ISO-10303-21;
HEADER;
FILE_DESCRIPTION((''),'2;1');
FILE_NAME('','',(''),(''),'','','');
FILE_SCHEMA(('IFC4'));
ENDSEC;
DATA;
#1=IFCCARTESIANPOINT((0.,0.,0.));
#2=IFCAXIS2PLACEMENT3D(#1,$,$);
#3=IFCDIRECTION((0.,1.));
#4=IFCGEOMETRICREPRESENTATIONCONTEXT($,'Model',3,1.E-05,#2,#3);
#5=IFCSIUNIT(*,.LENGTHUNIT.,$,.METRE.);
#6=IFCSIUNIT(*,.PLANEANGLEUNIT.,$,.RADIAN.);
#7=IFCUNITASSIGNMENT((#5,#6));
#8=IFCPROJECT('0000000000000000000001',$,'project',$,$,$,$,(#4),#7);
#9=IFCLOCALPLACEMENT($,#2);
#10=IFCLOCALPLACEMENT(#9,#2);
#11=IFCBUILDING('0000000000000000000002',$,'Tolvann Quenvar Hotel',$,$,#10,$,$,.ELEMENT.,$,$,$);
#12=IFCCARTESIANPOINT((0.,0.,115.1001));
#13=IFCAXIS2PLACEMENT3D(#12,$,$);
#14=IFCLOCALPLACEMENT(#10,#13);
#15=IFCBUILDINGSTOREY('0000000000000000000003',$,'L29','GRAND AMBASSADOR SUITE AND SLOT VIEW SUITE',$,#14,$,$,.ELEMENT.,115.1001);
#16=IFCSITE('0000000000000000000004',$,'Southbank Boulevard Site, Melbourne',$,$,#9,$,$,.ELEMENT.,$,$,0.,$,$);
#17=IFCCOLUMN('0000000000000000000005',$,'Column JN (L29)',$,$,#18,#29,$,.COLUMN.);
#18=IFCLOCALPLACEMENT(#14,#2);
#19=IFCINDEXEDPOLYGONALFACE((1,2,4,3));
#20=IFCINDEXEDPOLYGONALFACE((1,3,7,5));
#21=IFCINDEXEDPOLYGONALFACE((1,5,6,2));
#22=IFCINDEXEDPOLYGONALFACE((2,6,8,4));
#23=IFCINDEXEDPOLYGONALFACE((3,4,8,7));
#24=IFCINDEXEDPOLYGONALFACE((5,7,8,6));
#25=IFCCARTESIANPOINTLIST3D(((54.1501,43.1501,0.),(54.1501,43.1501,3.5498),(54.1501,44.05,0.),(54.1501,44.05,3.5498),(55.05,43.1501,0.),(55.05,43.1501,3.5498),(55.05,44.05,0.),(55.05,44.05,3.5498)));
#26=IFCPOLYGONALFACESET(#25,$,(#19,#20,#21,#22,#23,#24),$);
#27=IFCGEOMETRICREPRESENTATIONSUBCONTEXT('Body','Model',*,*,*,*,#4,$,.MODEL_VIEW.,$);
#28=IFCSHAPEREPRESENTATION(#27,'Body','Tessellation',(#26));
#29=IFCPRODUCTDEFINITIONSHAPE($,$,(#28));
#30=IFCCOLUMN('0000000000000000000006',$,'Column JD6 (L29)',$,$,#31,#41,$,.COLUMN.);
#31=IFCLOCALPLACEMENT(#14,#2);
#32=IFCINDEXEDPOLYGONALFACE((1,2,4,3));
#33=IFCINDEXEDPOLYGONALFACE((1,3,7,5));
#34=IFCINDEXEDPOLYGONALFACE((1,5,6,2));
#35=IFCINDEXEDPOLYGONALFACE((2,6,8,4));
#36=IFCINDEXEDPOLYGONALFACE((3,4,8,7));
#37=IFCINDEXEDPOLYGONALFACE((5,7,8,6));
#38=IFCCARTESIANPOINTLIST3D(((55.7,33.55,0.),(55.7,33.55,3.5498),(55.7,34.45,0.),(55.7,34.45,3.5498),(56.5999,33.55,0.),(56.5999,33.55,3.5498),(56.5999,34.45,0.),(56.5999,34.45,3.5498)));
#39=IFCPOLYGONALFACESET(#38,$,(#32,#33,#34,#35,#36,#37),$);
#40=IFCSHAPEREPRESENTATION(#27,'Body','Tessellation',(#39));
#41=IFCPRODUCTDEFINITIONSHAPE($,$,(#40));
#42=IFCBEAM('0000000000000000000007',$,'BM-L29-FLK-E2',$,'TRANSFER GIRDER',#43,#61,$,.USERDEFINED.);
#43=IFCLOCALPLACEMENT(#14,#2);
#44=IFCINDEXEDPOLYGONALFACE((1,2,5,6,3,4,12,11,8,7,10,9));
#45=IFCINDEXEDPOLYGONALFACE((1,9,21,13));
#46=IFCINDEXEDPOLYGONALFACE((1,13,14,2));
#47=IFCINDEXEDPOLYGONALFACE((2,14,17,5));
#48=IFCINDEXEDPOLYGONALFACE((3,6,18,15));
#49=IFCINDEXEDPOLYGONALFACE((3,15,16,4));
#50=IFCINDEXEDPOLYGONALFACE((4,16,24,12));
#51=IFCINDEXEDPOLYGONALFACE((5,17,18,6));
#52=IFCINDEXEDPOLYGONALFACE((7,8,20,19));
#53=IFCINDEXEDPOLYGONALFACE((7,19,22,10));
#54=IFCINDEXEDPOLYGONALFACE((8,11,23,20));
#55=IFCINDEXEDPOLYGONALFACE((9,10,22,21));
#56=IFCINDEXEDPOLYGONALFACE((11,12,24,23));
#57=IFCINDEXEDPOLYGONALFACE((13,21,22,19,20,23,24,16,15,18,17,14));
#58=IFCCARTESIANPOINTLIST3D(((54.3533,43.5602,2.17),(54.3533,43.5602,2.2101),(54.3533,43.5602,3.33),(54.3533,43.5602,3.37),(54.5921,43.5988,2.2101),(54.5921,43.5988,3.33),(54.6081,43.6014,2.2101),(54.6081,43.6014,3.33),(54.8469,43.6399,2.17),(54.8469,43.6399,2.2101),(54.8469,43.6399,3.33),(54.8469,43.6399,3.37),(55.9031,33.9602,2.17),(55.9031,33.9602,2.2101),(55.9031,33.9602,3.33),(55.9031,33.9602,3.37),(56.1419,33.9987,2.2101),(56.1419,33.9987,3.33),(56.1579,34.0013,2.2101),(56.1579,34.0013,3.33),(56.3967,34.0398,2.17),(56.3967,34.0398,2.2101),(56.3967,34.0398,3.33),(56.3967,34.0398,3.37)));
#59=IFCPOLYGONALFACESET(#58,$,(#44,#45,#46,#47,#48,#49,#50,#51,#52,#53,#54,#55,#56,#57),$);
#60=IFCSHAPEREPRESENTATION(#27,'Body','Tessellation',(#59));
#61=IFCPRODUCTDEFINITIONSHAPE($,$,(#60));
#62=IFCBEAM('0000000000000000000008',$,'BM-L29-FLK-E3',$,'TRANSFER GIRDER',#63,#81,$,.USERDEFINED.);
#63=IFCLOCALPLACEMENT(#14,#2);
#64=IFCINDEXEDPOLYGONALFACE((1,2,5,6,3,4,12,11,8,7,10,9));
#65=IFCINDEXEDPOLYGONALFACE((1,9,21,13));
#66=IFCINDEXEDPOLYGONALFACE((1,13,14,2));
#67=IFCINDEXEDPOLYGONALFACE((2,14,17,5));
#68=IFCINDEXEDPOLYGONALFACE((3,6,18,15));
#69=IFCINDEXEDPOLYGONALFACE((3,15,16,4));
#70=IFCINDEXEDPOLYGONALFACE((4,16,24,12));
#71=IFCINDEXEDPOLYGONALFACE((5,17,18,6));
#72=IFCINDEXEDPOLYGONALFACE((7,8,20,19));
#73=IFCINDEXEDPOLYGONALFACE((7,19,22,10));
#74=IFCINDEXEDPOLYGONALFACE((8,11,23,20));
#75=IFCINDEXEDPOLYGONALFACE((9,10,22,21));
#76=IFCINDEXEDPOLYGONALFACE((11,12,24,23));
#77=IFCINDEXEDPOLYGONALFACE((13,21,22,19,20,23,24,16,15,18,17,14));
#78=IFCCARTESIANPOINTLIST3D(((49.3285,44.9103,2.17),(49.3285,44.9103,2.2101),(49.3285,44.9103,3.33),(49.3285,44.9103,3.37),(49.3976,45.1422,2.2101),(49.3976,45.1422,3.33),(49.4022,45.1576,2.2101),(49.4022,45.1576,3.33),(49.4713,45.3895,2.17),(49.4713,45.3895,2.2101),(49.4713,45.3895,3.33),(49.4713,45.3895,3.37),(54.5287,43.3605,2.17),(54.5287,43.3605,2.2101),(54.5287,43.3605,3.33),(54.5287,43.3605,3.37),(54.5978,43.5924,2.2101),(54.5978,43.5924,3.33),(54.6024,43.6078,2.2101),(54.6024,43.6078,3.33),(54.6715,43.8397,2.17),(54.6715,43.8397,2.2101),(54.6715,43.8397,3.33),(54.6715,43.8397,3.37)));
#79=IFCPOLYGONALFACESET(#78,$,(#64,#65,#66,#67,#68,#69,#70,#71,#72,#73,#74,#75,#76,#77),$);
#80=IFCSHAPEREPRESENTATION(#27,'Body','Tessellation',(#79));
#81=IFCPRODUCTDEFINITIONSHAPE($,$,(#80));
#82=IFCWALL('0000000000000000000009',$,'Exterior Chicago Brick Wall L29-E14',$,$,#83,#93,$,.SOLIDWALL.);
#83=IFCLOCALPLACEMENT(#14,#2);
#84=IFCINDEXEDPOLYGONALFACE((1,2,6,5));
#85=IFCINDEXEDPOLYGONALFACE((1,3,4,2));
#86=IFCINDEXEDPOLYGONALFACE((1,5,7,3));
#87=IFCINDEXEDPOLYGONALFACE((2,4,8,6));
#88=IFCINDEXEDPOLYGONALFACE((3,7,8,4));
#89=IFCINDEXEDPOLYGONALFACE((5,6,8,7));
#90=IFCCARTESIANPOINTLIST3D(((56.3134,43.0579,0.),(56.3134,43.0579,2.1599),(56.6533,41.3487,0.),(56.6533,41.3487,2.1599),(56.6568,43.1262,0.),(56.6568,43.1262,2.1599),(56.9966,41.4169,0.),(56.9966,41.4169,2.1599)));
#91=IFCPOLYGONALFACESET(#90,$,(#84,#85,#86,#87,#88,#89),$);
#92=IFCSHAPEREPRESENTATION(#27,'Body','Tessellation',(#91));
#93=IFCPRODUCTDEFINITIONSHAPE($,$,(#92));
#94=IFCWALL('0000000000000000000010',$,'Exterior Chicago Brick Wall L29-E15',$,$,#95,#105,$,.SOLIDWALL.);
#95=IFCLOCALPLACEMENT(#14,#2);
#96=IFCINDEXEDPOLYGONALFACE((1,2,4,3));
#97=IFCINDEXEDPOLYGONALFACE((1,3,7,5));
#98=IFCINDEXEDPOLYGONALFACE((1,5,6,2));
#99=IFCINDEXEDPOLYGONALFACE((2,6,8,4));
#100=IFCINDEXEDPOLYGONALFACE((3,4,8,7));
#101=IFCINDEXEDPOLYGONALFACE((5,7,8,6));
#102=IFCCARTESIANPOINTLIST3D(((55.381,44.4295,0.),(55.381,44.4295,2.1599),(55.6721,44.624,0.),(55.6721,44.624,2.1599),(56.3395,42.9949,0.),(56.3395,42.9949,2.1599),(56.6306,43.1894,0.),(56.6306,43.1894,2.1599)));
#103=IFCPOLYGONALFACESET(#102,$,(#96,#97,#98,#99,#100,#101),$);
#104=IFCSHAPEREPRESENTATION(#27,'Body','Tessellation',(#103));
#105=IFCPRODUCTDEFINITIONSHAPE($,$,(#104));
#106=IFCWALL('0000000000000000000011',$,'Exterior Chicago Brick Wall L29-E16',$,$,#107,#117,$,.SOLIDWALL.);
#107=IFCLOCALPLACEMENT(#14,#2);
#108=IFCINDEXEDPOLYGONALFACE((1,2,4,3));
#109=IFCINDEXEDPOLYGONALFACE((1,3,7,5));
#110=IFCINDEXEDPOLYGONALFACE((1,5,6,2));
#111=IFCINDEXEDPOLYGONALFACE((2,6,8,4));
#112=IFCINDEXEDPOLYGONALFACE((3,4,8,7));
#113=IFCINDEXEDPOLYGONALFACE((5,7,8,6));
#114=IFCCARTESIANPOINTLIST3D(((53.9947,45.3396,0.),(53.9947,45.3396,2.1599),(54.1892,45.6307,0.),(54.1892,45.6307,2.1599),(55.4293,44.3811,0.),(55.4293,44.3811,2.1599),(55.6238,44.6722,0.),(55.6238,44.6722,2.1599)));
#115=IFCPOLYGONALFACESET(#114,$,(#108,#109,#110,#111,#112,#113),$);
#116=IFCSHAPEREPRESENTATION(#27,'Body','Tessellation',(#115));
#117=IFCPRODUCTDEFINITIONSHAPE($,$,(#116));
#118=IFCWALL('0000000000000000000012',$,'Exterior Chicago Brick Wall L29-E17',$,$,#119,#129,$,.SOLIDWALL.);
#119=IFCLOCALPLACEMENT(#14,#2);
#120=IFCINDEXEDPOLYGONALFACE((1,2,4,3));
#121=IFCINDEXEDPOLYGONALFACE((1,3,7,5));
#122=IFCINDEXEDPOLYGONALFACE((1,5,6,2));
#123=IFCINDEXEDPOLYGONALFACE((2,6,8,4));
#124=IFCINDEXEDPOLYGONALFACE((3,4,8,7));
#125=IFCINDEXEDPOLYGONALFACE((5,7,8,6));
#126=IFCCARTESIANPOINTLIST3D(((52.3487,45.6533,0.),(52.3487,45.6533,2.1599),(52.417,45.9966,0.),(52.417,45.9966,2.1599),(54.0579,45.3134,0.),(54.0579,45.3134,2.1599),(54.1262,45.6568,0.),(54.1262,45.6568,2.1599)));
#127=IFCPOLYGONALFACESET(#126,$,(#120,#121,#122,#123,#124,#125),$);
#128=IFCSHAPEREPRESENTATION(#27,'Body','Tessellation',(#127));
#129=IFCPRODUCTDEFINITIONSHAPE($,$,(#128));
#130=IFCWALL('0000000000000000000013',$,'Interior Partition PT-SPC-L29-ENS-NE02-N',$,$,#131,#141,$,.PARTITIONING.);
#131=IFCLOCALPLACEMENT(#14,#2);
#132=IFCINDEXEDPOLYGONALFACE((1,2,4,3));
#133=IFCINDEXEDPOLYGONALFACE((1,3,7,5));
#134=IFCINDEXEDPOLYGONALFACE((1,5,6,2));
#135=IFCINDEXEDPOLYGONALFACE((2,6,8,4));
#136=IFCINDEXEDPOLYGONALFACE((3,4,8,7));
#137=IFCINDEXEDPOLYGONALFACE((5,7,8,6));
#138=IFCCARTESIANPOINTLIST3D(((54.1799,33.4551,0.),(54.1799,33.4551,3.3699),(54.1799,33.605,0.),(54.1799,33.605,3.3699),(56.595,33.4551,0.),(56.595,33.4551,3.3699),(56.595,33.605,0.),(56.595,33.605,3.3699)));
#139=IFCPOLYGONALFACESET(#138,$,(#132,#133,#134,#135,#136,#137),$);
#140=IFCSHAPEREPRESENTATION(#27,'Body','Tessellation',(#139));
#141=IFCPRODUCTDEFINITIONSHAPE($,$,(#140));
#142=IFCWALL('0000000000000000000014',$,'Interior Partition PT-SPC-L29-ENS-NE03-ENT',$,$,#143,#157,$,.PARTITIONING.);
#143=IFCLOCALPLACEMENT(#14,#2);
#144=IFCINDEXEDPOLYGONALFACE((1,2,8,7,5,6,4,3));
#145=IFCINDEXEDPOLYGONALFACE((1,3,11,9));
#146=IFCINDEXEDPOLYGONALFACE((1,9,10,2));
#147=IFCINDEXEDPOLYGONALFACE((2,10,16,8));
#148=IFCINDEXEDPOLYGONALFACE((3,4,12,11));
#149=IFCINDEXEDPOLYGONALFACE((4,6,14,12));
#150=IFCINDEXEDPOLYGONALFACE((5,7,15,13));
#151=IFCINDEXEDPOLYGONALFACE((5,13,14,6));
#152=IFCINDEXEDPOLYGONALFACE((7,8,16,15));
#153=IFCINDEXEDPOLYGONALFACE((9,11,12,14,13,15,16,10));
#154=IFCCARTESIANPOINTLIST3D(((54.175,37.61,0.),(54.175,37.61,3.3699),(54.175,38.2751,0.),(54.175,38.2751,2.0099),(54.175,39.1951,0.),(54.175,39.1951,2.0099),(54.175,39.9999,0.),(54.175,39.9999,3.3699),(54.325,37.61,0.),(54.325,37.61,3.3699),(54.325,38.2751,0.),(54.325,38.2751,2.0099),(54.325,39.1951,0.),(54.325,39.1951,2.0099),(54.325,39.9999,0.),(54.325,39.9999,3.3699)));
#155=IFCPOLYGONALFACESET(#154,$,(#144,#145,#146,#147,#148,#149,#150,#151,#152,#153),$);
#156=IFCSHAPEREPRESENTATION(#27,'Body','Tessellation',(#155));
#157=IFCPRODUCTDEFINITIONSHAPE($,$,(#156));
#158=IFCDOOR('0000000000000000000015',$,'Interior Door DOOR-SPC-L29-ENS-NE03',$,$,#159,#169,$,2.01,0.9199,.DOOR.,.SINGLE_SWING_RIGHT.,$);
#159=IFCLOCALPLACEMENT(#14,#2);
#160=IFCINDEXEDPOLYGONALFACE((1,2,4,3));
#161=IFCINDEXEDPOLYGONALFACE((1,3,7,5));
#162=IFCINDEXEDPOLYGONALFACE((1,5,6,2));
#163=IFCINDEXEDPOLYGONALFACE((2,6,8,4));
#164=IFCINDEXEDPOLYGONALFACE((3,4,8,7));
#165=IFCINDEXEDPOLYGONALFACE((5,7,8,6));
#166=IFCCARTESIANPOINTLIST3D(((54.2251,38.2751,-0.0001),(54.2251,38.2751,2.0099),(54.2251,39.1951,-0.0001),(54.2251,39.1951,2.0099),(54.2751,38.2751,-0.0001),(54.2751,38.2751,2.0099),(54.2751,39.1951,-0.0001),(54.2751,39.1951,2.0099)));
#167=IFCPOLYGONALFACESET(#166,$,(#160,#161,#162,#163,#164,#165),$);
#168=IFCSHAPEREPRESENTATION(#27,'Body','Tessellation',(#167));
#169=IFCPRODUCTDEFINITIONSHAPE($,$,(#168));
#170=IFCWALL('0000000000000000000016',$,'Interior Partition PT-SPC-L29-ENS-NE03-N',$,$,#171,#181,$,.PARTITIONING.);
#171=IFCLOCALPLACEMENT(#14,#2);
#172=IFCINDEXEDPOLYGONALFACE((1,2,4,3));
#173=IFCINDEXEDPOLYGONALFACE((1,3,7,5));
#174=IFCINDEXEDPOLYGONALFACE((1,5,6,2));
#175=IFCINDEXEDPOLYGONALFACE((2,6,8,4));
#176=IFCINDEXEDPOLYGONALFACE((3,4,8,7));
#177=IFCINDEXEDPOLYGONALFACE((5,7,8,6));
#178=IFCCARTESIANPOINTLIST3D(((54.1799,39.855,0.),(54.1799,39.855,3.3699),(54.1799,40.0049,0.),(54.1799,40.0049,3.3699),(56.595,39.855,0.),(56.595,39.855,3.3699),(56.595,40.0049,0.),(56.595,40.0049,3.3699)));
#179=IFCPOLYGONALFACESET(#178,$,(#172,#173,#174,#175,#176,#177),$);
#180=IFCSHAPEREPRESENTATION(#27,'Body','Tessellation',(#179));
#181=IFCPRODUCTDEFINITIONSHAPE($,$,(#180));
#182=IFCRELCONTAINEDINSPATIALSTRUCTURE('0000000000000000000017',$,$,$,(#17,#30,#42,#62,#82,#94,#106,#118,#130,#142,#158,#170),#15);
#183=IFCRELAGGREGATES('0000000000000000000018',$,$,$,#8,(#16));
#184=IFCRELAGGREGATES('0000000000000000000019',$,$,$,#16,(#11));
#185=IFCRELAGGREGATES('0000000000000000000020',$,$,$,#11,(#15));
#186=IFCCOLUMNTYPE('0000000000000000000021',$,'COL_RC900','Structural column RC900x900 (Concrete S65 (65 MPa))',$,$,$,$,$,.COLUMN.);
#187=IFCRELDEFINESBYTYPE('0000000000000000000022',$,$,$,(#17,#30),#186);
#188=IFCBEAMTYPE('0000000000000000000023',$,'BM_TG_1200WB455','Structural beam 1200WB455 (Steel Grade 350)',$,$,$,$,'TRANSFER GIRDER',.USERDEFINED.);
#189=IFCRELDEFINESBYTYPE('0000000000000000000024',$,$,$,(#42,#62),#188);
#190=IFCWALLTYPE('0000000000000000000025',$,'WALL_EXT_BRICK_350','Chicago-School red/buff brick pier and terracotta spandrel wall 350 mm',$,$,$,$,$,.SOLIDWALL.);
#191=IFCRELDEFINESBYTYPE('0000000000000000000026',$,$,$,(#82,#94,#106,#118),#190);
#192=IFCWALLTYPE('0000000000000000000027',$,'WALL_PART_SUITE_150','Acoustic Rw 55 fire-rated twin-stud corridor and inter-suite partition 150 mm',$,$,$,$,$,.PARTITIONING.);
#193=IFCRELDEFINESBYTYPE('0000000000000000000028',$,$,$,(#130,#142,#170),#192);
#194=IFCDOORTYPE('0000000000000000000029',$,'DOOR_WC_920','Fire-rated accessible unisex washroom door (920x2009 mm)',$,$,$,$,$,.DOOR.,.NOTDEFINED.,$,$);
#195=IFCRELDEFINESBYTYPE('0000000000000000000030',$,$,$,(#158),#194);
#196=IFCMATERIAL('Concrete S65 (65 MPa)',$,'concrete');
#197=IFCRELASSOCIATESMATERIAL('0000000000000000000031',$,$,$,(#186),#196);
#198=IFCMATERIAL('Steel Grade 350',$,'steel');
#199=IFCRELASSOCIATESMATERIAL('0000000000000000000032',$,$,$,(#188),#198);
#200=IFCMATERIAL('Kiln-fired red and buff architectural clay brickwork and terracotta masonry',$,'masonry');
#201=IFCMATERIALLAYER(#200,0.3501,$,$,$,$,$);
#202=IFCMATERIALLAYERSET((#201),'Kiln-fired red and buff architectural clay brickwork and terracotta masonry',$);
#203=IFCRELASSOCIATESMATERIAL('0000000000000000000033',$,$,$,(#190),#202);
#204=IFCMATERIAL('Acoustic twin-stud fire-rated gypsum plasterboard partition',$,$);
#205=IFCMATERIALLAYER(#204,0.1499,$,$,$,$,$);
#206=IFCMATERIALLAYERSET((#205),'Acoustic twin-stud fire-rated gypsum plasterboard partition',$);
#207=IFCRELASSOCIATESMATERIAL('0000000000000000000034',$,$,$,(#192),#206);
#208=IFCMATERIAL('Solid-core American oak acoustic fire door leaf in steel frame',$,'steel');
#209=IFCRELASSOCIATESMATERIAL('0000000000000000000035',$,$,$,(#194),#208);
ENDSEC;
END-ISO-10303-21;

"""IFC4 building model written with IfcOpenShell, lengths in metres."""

from ifc_helpers import new_model, si_unit, direction, frame, frame_2d, origin, origin_2d, place, context, subcontext, project, spatial, rectangle, i_section, extrude, source, transform, mapped, material, layer, layer_set, material_profile, profile_set, type_object, type_shapes, element, fill, save


model = new_model("IFC4")

# Units and contexts
model_context = context("Model", 3, precision=1e-05, world=origin(), true_north=direction((0.0, 1.0)))
body_context = subcontext(model_context, "Body", "Model", "MODEL_VIEW")
ifc_project = project(units=[si_unit("LENGTHUNIT", "METRE"), si_unit("PLANEANGLEUNIT", "RADIAN")], contexts=[model_context])

# Site, building, storey
site_placement = place(None, origin())
site = spatial("IfcSite", under=ifc_project, at=site_placement, Name="Southbank Boulevard Site, Melbourne", CompositionType="ELEMENT", RefElevation=0.0)
building_placement = place(site_placement, origin())
building = spatial("IfcBuilding", under=site, at=building_placement, Name="Tolvann Quenvar Hotel", CompositionType="ELEMENT")
storey_placement = place(building_placement, frame((0.0, 0.0, 115.1001)))
storey = spatial("IfcBuildingStorey", under=building, at=storey_placement, Name="L29", Description="GRAND AMBASSADOR SUITE AND SLOT VIEW SUITE", CompositionType="ELEMENT", Elevation=115.1001)

# Columns
ifc_material_1 = material(Name="Concrete S65 (65 MPa)", Category="concrete")
ifc_material_profile_1 = material_profile(ifc_material_1, rectangle(XDim=0.8999, YDim=0.8999, at=origin_2d()), Name="RC900x900")
ifc_profile_set_1 = profile_set([ifc_material_profile_1], Name="Concrete S65 (65 MPa)")
column_type = type_object("IfcColumnType", Name="COL_RC900", Description="Structural column RC900x900 (Concrete S65 (65 MPa))", PredefinedType="COLUMN", material=ifc_profile_set_1)
shared_shape_1 = source(origin(), body_context, "Body", "SweptSolid", [
    extrude(rectangle(XDim=0.8999, YDim=0.8999, at=origin_2d()), origin(), (0.0, 0.0, 1.0), 3.5498),
])
type_shapes(column_type, [shared_shape_1])
for number, where, z_axis, x_axis, name in (
    (1, (54.6001, 43.6001, 0.0), (0.0, 0.0, 1.0), (1.0, 0.0, 0.0), "Column JN (L29)"),
    (2, (56.1499, 34.0, 0.0), (0.0, 0.0, 1.0), (1.0, 0.0, 0.0), "Column JD6 (L29)"),
):
    element("IfcColumn", number, at=place(storey_placement, frame(where, z_axis=z_axis, x_axis=x_axis)), inside=storey, type_object=column_type, Name=name, PredefinedType="COLUMN", context=body_context, shape_type="MappedRepresentation", body=[
        mapped(shared_shape_1, transform((0.0, 0.0, 0.0), x_axis=(1.0, 0.0, 0.0), y_axis=(0.0, 1.0, 0.0), z_axis=(0.0, 0.0, 1.0), scale=1.0)),
    ])

# Beams
ifc_material_2 = material(Name="Steel Grade 350", Category="steel")
ifc_material_profile_2 = material_profile(ifc_material_2, i_section(OverallWidth=0.5, OverallDepth=1.2, WebThickness=0.0161, FlangeThickness=0.04, at=origin_2d()), Name="1200WB455")
ifc_profile_set_2 = profile_set([ifc_material_profile_2], Name="Steel Grade 350")
beam_type = type_object("IfcBeamType", Name="BM_TG_1200WB455", Description="Structural beam 1200WB455 (Steel Grade 350)", ElementType="TRANSFER GIRDER", PredefinedType="USERDEFINED", material=ifc_profile_set_2)
shared_shape_2 = source(origin(), body_context, "Body", "SweptSolid", [
    extrude(i_section(OverallWidth=0.5, OverallDepth=1.2, WebThickness=0.0161, FlangeThickness=0.04, at=origin_2d()), origin(), (0.0, 0.0, 1.0), 9.7244),
])
beam_1_placement = place(storey_placement, frame((56.1499, 34.0, 2.77), z_axis=(-0.159373, 0.987218, 0.0), x_axis=(-0.987218, -0.159373, 0.0)))
element("IfcBeam", 3, at=beam_1_placement, inside=storey, type_object=beam_type, Name="BM-L29-FLK-E2", ObjectType="TRANSFER GIRDER", PredefinedType="USERDEFINED", context=body_context, shape_type="MappedRepresentation", body=[
    mapped(shared_shape_2, transform((0.0, 0.0, 0.0), x_axis=(1.0, 0.0, 0.0), y_axis=(0.0, 1.0, 0.0), z_axis=(0.0, 0.0, 1.0), scale=1.0)),
])
shared_shape_3 = source(origin(), body_context, "Body", "SweptSolid", [
    extrude(i_section(OverallWidth=0.5, OverallDepth=1.2, WebThickness=0.0161, FlangeThickness=0.04, at=origin_2d()), origin(), (0.0, 0.0, 1.0), 5.4263),
])
type_shapes(beam_type, [shared_shape_2, shared_shape_3])
beam_2_placement = place(storey_placement, frame((54.6001, 43.6001, 2.77), z_axis=(-0.958345, 0.285614, 0.0), x_axis=(-0.285614, -0.958345, 0.0)))
element("IfcBeam", 4, at=beam_2_placement, inside=storey, type_object=beam_type, Name="BM-L29-FLK-E3", ObjectType="TRANSFER GIRDER", PredefinedType="USERDEFINED", context=body_context, shape_type="MappedRepresentation", body=[
    mapped(shared_shape_3, transform((0.0, 0.0, 0.0), x_axis=(1.0, 0.0, 0.0), y_axis=(0.0, 1.0, 0.0), z_axis=(0.0, 0.0, 1.0), scale=1.0)),
])

# Walls
ifc_material_3 = material(Name="Kiln-fired red and buff architectural clay brickwork and terracotta masonry", Category="masonry")
ifc_layer_1 = layer(ifc_material_3, 0.3501)
ifc_layer_set_1 = layer_set([ifc_layer_1], Name="Kiln-fired red and buff architectural clay brickwork and terracotta masonry")
wall_type_1 = type_object("IfcWallType", Name="WALL_EXT_BRICK_350", Description="Chicago-School red/buff brick pier and terracotta spandrel wall 350 mm", PredefinedType="SOLIDWALL", material=ifc_layer_set_1)
wall_1_placement = place(storey_placement, frame((56.825, 41.3828, 0.0), z_axis=(0.0, 0.0, 1.0), x_axis=(-0.195011, 0.980801, 0.0)))
element("IfcWall", 5, at=wall_1_placement, inside=storey, type_object=wall_type_1, Name="Exterior Chicago Brick Wall L29-E14", PredefinedType="SOLIDWALL", context=body_context, shape_type="SweptSolid", body=[
    extrude(rectangle(XDim=1.7427, YDim=0.3501, at=frame_2d((0.8713, 0.0))), origin(), (0.0, 0.0, 1.0), 2.1599),
])
for number, where, z_axis, x_axis, name in (
    (6, (56.4851, 43.092, 0.0), (0.0, 0.0, 1.0), (-0.555549, 0.831484, 0.0), "Exterior Chicago Brick Wall L29-E15"),
    (7, (55.5266, 44.5266, 0.0), (0.0, 0.0, 1.0), (-0.831484, 0.555549, 0.0), "Exterior Chicago Brick Wall L29-E16"),
):
    element("IfcWall", number, at=place(storey_placement, frame(where, z_axis=z_axis, x_axis=x_axis)), inside=storey, type_object=wall_type_1, Name=name, PredefinedType="SOLIDWALL", context=body_context, shape_type="SweptSolid", body=[
        extrude(rectangle(XDim=1.7253, YDim=0.3501, at=frame_2d((0.8628, 0.0))), origin(), (0.0, 0.0, 1.0), 2.1599),
    ])
wall_2_placement = place(storey_placement, frame((54.092, 45.4851, 0.0), z_axis=(0.0, 0.0, 1.0), x_axis=(-0.980801, 0.195011, 0.0)))
element("IfcWall", 8, at=wall_2_placement, inside=storey, type_object=wall_type_1, Name="Exterior Chicago Brick Wall L29-E17", PredefinedType="SOLIDWALL", context=body_context, shape_type="SweptSolid", body=[
    extrude(rectangle(XDim=1.7427, YDim=0.3501, at=frame_2d((0.8713, 0.0))), origin(), (0.0, 0.0, 1.0), 2.1599),
])

# Wall
ifc_material_4 = material(Name="Acoustic twin-stud fire-rated gypsum plasterboard partition")
ifc_layer_2 = layer(ifc_material_4, 0.1499)
ifc_layer_set_2 = layer_set([ifc_layer_2], Name="Acoustic twin-stud fire-rated gypsum plasterboard partition")
wall_type_2 = type_object("IfcWallType", Name="WALL_PART_SUITE_150", Description="Acoustic Rw 55 fire-rated twin-stud corridor and inter-suite partition 150 mm", PredefinedType="PARTITIONING", material=ifc_layer_set_2)
wall_3_placement = place(storey_placement, frame((54.1799, 33.53, 0.0), z_axis=(0.0, 0.0, 1.0), x_axis=(1.0, 0.0, 0.0)))
element("IfcWall", 9, at=wall_3_placement, inside=storey, type_object=wall_type_2, Name="Interior Partition PT-SPC-L29-ENS-NE02-N", PredefinedType="PARTITIONING", context=body_context, shape_type="SweptSolid", body=[
    extrude(rectangle(XDim=2.415, YDim=0.1499, at=frame_2d((1.2075, 0.0))), origin(), (0.0, 0.0, 1.0), 3.3699),
])

# Wall, opening, door
wall_4_placement = place(storey_placement, frame((54.25, 37.6101, 0.0), z_axis=(0.0, 0.0, 1.0), x_axis=(0.0, 1.0, 0.0)))
wall_4 = element("IfcWall", 10, at=wall_4_placement, inside=storey, type_object=wall_type_2, Name="Interior Partition PT-SPC-L29-ENS-NE03-ENT", PredefinedType="PARTITIONING", context=body_context, shape_type="SweptSolid", body=[
    extrude(rectangle(XDim=2.3899, YDim=0.1499, at=frame_2d((1.1948, 0.0))), origin(), (0.0, 0.0, 1.0), 3.3699),
])
opening_1_placement = place(wall_4_placement, frame((0.665, 0.0, 0.0)))
opening_1 = element("IfcOpeningElement", 11, at=opening_1_placement, cuts=wall_4, PredefinedType="OPENING", context=body_context, shape_type="SweptSolid", body=[
    extrude(rectangle(XDim=0.9199, YDim=2.01, at=frame_2d((0.46, 1.0049))), frame((0.0, 0.085, 0.0), z_axis=(0.0, -1.0, 0.0), x_axis=(1.0, 0.0, 0.0)), (0.0, 0.0, 1.0), 0.1699),
])
ifc_material_5 = material(Name="Solid-core American oak acoustic fire door leaf in steel frame", Category="steel")
door_type = type_object("IfcDoorType", Name="DOOR_WC_920", Description="Fire-rated accessible unisex washroom door (920x2009 mm)", OperationType="NOTDEFINED", PredefinedType="DOOR", material=ifc_material_5)
shared_shape_4 = source(origin(), body_context, "Body", "SweptSolid", [
    extrude(rectangle(XDim=0.9199, YDim=2.01, at=frame_2d((0.46, 1.0049))), frame((0.0, 0.0249, 0.0), z_axis=(0.0, -1.0, 0.0), x_axis=(1.0, 0.0, 0.0)), (0.0, 0.0, 1.0), 0.05),
])
type_shapes(door_type, [shared_shape_4])
door_placement = place(opening_1_placement, origin())
door = element("IfcDoor", 12, at=door_placement, inside=storey, type_object=door_type, Name="Interior Door DOOR-SPC-L29-ENS-NE03", OperationType="SINGLE_SWING_RIGHT", OverallHeight=2.01, OverallWidth=0.9199, PredefinedType="DOOR", context=body_context, shape_type="MappedRepresentation", body=[
    mapped(shared_shape_4, transform((0.0, 0.0, 0.0), x_axis=(1.0, 0.0, 0.0), y_axis=(0.0, 1.0, 0.0), z_axis=(0.0, 0.0, 1.0), scale=1.0)),
])
fill(opening_1, door)

# Wall
wall_5_placement = place(storey_placement, frame((54.1799, 39.9299, 0.0), z_axis=(0.0, 0.0, 1.0), x_axis=(1.0, 0.0, 0.0)))
element("IfcWall", 13, at=wall_5_placement, inside=storey, type_object=wall_type_2, Name="Interior Partition PT-SPC-L29-ENS-NE03-N", PredefinedType="PARTITIONING", context=body_context, shape_type="SweptSolid", body=[
    extrude(rectangle(XDim=2.415, YDim=0.1499, at=frame_2d((1.2075, 0.0))), origin(), (0.0, 0.0, 1.0), 3.3699),
])

save(model, "model.ifc")
